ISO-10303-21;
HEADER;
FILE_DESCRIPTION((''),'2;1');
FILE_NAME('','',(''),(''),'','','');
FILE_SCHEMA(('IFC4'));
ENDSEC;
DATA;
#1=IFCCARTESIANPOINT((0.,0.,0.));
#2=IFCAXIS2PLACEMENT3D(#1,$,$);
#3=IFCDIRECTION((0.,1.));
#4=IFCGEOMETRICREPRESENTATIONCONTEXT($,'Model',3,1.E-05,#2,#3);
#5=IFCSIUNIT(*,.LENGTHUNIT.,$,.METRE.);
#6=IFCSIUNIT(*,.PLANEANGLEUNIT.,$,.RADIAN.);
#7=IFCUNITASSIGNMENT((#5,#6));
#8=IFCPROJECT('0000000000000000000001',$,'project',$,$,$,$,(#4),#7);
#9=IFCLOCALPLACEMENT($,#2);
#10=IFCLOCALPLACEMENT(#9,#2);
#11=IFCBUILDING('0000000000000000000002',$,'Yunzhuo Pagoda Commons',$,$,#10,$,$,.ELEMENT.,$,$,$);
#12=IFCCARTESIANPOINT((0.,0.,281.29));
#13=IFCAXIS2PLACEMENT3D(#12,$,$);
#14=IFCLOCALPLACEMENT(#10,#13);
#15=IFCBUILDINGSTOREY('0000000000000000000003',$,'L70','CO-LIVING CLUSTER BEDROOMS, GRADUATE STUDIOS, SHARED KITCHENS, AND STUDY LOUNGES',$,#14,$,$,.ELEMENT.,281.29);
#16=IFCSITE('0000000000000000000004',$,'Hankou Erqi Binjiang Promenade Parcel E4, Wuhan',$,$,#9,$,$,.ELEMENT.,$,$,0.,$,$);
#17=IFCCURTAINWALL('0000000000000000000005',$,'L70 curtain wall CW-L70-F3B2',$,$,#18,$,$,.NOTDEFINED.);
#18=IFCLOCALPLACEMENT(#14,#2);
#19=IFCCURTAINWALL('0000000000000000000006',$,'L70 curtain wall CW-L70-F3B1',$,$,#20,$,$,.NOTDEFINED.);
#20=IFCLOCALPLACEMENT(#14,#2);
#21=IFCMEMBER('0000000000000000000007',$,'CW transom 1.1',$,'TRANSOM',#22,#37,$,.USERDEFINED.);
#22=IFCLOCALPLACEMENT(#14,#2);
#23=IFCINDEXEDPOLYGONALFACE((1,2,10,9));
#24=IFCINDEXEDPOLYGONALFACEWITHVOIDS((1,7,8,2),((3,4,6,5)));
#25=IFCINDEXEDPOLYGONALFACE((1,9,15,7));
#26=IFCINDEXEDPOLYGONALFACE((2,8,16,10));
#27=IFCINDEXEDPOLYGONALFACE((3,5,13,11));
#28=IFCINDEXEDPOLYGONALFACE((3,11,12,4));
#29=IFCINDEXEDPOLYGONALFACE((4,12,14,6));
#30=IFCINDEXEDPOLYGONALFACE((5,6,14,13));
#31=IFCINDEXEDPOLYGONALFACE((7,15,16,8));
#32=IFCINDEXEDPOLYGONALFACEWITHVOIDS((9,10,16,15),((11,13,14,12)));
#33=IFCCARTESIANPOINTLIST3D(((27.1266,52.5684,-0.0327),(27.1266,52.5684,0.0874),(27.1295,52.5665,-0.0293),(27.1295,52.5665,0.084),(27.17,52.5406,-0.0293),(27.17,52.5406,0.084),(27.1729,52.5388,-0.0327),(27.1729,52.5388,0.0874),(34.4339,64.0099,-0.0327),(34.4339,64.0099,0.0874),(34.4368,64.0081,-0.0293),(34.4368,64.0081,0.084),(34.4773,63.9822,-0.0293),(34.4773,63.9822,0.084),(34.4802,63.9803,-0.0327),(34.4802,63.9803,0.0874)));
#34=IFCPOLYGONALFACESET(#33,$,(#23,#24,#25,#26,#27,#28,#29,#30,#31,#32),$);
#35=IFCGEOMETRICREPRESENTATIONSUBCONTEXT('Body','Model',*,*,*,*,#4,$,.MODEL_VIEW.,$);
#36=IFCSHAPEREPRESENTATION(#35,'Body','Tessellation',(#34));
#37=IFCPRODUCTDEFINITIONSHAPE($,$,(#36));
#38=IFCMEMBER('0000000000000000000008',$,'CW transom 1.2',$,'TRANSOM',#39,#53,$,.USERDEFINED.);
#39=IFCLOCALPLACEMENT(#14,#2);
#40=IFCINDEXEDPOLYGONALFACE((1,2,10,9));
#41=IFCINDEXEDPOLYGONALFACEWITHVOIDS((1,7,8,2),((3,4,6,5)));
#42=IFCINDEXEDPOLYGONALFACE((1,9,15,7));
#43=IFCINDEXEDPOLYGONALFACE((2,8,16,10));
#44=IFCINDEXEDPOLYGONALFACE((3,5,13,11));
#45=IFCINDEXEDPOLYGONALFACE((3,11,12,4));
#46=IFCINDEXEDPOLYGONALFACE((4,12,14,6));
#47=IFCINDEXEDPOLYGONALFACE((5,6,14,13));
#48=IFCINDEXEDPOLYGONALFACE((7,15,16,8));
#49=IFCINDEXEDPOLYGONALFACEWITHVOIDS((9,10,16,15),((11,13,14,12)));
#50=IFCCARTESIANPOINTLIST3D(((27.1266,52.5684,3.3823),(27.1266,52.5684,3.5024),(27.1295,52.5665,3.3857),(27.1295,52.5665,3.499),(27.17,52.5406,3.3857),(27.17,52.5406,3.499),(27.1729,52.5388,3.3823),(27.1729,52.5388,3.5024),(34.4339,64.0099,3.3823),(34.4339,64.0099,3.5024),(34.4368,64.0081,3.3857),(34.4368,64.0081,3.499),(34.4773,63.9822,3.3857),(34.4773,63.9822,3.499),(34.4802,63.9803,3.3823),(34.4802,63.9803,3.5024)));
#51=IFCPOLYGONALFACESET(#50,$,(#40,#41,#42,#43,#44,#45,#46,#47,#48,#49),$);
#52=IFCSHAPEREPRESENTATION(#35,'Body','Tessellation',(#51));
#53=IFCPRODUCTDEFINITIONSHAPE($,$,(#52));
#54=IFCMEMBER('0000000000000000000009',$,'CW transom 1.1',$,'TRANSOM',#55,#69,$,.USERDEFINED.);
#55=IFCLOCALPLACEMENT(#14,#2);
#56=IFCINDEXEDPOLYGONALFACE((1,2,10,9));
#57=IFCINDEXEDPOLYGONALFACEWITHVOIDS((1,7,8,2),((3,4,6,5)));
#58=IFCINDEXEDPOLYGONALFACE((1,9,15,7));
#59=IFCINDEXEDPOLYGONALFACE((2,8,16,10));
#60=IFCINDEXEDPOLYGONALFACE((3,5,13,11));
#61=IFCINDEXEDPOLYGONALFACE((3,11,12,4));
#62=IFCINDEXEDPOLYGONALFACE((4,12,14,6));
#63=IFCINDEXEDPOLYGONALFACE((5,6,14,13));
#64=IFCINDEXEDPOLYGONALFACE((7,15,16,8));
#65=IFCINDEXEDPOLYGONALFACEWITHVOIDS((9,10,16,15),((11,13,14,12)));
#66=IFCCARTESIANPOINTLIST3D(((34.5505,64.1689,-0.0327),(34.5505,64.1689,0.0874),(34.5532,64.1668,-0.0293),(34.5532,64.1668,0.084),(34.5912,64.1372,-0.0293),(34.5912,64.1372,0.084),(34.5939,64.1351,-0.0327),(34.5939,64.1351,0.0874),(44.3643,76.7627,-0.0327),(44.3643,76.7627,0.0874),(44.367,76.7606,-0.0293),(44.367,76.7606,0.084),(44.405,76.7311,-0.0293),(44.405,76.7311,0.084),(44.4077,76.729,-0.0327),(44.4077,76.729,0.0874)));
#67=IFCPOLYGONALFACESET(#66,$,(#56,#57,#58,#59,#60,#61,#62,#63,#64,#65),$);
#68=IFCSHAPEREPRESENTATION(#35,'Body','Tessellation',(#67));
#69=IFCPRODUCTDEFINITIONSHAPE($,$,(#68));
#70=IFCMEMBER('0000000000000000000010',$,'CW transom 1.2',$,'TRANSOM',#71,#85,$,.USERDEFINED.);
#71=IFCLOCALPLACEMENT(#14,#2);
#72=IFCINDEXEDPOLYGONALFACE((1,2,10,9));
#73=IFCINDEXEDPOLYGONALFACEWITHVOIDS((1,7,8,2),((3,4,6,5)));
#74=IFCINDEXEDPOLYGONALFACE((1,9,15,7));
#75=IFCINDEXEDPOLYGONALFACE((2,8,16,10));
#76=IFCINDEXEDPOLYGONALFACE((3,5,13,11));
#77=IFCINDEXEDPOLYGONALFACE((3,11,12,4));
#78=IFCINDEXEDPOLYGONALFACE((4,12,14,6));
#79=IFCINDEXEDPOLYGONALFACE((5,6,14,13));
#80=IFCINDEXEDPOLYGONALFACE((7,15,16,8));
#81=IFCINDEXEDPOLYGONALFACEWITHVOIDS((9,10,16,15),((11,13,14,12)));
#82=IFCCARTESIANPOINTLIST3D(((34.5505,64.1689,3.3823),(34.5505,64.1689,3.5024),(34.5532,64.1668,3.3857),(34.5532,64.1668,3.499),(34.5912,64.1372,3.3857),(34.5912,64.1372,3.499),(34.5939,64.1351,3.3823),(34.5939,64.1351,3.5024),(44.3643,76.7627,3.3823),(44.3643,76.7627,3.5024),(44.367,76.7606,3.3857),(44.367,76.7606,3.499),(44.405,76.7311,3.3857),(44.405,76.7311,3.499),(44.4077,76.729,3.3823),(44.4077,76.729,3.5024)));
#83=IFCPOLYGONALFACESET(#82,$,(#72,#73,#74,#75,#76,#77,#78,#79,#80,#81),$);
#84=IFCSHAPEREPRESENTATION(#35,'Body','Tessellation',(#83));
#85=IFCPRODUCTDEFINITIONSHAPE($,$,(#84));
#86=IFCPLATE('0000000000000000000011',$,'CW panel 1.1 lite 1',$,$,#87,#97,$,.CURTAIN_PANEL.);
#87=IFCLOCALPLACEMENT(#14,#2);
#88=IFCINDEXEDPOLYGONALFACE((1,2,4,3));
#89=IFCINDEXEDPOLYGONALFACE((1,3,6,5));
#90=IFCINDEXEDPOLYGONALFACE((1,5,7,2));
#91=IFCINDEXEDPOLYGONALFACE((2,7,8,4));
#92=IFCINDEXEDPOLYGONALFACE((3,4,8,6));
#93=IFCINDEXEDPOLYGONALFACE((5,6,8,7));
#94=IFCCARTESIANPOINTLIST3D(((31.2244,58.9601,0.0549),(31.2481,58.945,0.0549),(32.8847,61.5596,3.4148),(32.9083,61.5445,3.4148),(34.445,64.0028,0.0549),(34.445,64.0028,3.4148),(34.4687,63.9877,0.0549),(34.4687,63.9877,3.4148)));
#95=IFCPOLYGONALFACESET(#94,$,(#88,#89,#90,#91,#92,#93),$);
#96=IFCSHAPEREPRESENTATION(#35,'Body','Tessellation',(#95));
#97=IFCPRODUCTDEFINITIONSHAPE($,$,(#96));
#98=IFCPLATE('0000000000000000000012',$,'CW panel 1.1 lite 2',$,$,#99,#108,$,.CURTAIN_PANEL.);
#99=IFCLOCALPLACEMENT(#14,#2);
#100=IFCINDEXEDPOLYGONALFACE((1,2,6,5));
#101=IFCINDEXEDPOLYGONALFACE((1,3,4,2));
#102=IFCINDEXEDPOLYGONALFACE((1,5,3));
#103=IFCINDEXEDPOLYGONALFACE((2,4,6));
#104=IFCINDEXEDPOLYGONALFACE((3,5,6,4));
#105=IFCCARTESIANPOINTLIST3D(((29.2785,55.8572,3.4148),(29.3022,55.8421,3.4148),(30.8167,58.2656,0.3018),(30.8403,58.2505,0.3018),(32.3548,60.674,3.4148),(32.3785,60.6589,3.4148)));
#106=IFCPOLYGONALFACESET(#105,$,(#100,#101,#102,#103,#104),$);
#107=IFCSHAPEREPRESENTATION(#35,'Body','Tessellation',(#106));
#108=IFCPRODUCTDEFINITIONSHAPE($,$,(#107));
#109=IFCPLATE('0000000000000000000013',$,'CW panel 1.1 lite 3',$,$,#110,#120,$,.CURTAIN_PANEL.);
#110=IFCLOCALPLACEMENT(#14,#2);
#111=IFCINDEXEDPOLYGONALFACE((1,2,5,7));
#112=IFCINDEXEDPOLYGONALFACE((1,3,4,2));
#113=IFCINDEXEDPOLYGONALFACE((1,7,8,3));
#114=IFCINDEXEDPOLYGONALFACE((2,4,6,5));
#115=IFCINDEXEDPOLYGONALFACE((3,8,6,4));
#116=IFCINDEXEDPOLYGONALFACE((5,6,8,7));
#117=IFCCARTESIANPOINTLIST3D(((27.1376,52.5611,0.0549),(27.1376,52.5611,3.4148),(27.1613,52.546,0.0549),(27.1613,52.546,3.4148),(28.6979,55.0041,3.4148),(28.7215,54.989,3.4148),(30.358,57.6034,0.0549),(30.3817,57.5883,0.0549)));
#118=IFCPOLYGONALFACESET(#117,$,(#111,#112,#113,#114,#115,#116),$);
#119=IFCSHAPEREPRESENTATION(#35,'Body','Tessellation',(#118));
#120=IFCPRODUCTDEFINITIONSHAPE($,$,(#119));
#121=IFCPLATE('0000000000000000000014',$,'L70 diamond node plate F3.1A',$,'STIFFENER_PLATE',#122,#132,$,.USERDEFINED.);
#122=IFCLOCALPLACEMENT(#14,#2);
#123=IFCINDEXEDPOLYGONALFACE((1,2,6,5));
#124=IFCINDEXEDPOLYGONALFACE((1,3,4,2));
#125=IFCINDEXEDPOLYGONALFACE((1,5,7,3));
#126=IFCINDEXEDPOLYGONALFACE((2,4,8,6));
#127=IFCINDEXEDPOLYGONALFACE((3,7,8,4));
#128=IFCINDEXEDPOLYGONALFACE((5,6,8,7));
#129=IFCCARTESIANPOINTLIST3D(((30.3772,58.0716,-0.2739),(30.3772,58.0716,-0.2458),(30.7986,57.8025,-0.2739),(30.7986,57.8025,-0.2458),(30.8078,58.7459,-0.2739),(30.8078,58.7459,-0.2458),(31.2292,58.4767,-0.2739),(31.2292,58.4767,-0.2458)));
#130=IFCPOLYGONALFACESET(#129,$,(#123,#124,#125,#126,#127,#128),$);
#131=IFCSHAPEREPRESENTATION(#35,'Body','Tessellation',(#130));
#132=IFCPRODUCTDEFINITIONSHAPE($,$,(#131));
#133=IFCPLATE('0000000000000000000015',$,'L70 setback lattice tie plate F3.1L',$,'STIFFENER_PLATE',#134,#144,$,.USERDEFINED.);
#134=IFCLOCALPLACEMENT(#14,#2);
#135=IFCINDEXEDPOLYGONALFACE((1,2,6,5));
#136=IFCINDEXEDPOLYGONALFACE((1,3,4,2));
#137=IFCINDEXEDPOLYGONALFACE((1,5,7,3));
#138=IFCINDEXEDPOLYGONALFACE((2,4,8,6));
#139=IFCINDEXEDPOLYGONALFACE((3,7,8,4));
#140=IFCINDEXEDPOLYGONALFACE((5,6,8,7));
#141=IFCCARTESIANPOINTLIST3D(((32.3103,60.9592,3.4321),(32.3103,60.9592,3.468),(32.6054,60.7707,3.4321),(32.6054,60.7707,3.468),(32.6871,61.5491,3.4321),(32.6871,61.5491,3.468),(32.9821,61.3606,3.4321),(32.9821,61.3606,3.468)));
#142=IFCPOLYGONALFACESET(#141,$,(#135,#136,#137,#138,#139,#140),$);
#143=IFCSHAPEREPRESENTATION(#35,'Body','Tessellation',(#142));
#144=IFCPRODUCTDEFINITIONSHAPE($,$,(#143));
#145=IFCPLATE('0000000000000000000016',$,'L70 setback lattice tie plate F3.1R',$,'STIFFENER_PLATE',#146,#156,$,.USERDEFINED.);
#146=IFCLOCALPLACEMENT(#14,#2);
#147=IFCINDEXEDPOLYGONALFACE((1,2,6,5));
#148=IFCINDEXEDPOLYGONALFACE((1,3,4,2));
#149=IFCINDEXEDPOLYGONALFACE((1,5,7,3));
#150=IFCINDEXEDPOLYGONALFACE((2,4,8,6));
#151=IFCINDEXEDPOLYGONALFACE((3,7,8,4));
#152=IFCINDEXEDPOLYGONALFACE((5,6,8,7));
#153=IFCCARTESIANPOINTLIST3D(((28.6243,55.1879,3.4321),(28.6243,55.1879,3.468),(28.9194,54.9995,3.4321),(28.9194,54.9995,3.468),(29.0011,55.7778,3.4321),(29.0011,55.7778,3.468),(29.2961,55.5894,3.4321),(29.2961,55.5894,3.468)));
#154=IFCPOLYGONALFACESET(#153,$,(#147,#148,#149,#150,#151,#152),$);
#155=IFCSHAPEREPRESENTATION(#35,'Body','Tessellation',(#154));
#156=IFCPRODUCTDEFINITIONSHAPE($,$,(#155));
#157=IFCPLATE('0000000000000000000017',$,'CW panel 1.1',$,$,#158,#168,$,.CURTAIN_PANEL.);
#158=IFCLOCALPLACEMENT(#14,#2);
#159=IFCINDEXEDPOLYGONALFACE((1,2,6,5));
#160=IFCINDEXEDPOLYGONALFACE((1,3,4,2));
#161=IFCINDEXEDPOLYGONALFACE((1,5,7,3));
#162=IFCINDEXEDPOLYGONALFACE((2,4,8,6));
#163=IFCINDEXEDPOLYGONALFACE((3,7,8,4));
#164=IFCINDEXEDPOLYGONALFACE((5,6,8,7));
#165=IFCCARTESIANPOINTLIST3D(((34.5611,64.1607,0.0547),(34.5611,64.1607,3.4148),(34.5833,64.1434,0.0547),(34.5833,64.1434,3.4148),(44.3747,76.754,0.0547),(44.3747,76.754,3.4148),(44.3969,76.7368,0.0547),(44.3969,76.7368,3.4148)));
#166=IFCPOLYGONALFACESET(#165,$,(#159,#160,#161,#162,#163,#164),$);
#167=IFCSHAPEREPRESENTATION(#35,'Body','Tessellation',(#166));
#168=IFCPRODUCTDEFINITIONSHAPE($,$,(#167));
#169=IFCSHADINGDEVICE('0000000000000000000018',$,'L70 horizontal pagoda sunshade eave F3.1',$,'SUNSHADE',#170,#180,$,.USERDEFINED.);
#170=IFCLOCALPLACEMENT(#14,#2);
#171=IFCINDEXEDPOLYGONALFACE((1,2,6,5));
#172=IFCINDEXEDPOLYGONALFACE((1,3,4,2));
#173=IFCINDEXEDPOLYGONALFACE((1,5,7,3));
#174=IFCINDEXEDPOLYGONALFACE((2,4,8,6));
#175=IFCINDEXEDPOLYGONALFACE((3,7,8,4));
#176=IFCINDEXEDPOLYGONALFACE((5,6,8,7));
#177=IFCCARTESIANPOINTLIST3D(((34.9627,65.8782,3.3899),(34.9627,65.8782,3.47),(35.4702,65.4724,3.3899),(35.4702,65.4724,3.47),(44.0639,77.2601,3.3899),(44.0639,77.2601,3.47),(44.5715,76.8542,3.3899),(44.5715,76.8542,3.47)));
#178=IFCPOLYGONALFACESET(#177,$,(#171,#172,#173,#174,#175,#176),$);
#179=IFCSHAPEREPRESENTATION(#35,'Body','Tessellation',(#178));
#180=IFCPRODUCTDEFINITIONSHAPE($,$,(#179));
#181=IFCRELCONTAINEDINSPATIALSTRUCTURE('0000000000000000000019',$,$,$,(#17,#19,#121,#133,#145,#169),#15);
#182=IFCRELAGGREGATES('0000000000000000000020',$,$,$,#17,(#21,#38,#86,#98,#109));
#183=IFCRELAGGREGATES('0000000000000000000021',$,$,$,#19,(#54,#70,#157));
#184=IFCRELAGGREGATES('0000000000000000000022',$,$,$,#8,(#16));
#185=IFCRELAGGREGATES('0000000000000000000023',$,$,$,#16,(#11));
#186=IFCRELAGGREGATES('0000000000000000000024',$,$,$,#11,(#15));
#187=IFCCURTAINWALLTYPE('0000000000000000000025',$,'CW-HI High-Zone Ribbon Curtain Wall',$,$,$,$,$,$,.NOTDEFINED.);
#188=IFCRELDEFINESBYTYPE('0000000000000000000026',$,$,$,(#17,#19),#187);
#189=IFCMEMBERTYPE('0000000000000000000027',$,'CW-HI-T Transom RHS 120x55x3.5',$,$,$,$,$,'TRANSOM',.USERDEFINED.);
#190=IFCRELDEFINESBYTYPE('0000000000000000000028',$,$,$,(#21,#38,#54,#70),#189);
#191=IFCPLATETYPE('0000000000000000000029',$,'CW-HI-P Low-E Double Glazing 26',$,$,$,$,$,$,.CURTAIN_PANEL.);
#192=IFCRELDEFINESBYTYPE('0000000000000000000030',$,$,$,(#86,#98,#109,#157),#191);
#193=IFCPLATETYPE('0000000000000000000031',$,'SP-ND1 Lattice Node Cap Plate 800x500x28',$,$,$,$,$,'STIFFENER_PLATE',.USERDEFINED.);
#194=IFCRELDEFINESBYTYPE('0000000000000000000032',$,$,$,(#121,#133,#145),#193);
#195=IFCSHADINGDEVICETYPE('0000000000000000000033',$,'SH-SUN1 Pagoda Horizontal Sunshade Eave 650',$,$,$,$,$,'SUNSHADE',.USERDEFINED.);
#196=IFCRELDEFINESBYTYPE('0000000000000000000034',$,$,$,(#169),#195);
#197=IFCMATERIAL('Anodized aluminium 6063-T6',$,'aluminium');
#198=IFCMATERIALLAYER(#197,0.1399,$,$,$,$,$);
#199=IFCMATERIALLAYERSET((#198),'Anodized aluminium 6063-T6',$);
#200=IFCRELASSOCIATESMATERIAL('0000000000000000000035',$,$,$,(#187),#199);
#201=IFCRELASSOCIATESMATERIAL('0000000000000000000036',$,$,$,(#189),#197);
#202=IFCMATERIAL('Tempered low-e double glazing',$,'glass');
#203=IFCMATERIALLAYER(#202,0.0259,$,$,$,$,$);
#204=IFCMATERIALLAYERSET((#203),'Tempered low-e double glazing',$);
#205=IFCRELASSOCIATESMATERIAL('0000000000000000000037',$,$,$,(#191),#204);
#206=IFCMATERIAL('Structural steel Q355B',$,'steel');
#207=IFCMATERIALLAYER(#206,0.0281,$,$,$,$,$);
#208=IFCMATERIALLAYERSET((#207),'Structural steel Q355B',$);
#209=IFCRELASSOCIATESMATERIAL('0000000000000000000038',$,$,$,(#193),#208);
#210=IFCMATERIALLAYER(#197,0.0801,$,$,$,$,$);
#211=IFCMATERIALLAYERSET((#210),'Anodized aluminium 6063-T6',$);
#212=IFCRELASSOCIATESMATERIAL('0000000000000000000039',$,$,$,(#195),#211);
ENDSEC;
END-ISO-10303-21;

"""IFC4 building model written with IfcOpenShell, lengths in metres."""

from ifc_helpers import new_model, si_unit, direction, frame, origin, origin_2d, place, context, subcontext, project, spatial, polyline, rectangle, hollow_rectangle, outline, extrude, source, transform, mapped, material, layer, layer_set, material_profile, profile_set, type_object, element, aggregate, save


model = new_model("IFC4")

# Units and contexts
model_context = context("Model", 3, precision=1e-05, world=origin(), true_north=direction((0.0, 1.0)))
body_context = subcontext(model_context, "Body", "Model", "MODEL_VIEW")
ifc_project = project(units=[si_unit("LENGTHUNIT", "METRE"), si_unit("PLANEANGLEUNIT", "RADIAN")], contexts=[model_context])

# Site, building, storey
site_placement = place(None, origin())
site = spatial("IfcSite", under=ifc_project, at=site_placement, Name="Hankou Erqi Binjiang Promenade Parcel E4, Wuhan", CompositionType="ELEMENT", RefElevation=0.0)
building_placement = place(site_placement, origin())
building = spatial("IfcBuilding", under=site, at=building_placement, Name="Yunzhuo Pagoda Commons", CompositionType="ELEMENT")
storey_placement = place(building_placement, frame((0.0, 0.0, 281.29)))
storey = spatial("IfcBuildingStorey", under=building, at=storey_placement, Name="L70", Description="CO-LIVING CLUSTER BEDROOMS, GRADUATE STUDIOS, SHARED KITCHENS, AND STUDY LOUNGES", CompositionType="ELEMENT", Elevation=281.29)

# Shared definitions
ifc_material_1 = material(Name="Structural steel Q355B", Category="steel")

# Curtain wall
ifc_material_2 = material(Name="Anodized aluminium 6063-T6", Category="aluminium")
ifc_layer_1 = layer(ifc_material_2, 0.1399)
ifc_layer_set_1 = layer_set([ifc_layer_1], Name="Anodized aluminium 6063-T6")
curtain_wall_type = type_object("IfcCurtainWallType", Name="CW-HI High-Zone Ribbon Curtain Wall", PredefinedType="NOTDEFINED", material=ifc_layer_set_1)
curtain_wall_1_placement = place(storey_placement, origin())
curtain_wall_1 = element("IfcCurtainWall", 1, at=curtain_wall_1_placement, inside=storey, type_object=curtain_wall_type, Name="L70 curtain wall CW-L70-F3B2", PredefinedType="NOTDEFINED")

# Curtain wall
curtain_wall_2_placement = place(storey_placement, origin())
curtain_wall_2 = element("IfcCurtainWall", 2, at=curtain_wall_2_placement, inside=storey, type_object=curtain_wall_type, Name="L70 curtain wall CW-L70-F3B1", PredefinedType="NOTDEFINED")

# Members
ifc_material_profile_1 = material_profile(ifc_material_2, hollow_rectangle(XDim=0.0549, YDim=0.1201, WallThickness=0.0034, at=origin_2d()), Name="Anodized aluminium 6063-T6")
ifc_profile_set_1 = profile_set([ifc_material_profile_1], Name="Anodized aluminium 6063-T6")
member_type_1 = type_object("IfcMemberType", Name="CW-HI-T Transom RHS 120x55x3.5", ElementType="TRANSOM", PredefinedType="USERDEFINED", material=ifc_profile_set_1)
shared_shape_1 = source(origin(), body_context, "Body", "SweptSolid", [
    extrude(hollow_rectangle(XDim=0.0549, YDim=0.1201, WallThickness=0.0034, at=origin_2d()), origin(), (0.0, 0.0, 1.0), 13.5759),
])
member_1_placement = place(storey_placement, frame((34.457, 63.9951, 0.0273), z_axis=(-0.538255, -0.842782, 0.0), x_axis=(0.842782, -0.538255, 0.0)))
member_1 = element("IfcMember", 3, at=member_1_placement, type_object=member_type_1, Name="CW transom 1.1", ObjectType="TRANSOM", PredefinedType="USERDEFINED", context=body_context, shape_type="MappedRepresentation", body=[
    mapped(shared_shape_1, transform((0.0, 0.0, 0.0), scale=1.0)),
])
member_2_placement = place(storey_placement, frame((34.457, 63.9951, 3.4424), z_axis=(-0.538255, -0.842782, 0.0), x_axis=(0.842782, -0.538255, 0.0)))
member_2 = element("IfcMember", 4, at=member_2_placement, type_object=member_type_1, Name="CW transom 1.2", ObjectType="TRANSOM", PredefinedType="USERDEFINED", context=body_context, shape_type="MappedRepresentation", body=[
    mapped(shared_shape_1, transform((0.0, 0.0, 0.0), scale=1.0)),
])
shared_shape_2 = source(origin(), body_context, "Body", "SweptSolid", [
    extrude(hollow_rectangle(XDim=0.0549, YDim=0.1201, WallThickness=0.0034, at=origin_2d()), origin(), (0.0, 0.0, 1.0), 15.9661),
])
member_3_placement = place(storey_placement, frame((44.386, 76.7458, 0.0273), z_axis=(-0.614666, -0.788788, 0.0), x_axis=(0.788788, -0.614666, 0.0)))
member_3 = element("IfcMember", 5, at=member_3_placement, type_object=member_type_1, Name="CW transom 1.1", ObjectType="TRANSOM", PredefinedType="USERDEFINED", context=body_context, shape_type="MappedRepresentation", body=[
    mapped(shared_shape_2, transform((0.0, 0.0, 0.0), scale=1.0)),
])
member_4_placement = place(storey_placement, frame((44.386, 76.7458, 3.4424), z_axis=(-0.614666, -0.788788, 0.0), x_axis=(0.788788, -0.614666, 0.0)))
member_4 = element("IfcMember", 6, at=member_4_placement, type_object=member_type_1, Name="CW transom 1.2", ObjectType="TRANSOM", PredefinedType="USERDEFINED", context=body_context, shape_type="MappedRepresentation", body=[
    mapped(shared_shape_2, transform((0.0, 0.0, 0.0), scale=1.0)),
])

# Plates
ifc_material_3 = material(Name="Tempered low-e double glazing", Category="glass")
ifc_layer_2 = layer(ifc_material_3, 0.0259)
ifc_layer_set_2 = layer_set([ifc_layer_2], Name="Tempered low-e double glazing")
plate_type_1 = type_object("IfcPlateType", Name="CW-HI-P Low-E Double Glazing 26", PredefinedType="CURTAIN_PANEL", material=ifc_layer_set_2)
plate_1_placement = place(storey_placement, frame((32.8584, 61.4663, 1.7349), z_axis=(-0.842779, 0.53826, 0.0), x_axis=(-0.53826, -0.842779, 0.0)))
plate_1 = element("IfcPlate", 7, at=plate_1_placement, type_object=plate_type_1, Name="CW panel 1.1 lite 1", PredefinedType="CURTAIN_PANEL", context=body_context, shape_type="SweptSolid", body=[
    extrude(outline(polyline([(-2.9917, -1.6799), (2.9917, -1.6799), (-0.0928, 1.6799), (-2.9917, 1.6799), (-2.9917, -1.6799)])), origin(), (0.0, 0.0, 1.0), 0.0281),
])
plate_2_placement = place(storey_placement, frame((30.8403, 58.2505, 1.8584), z_axis=(-0.842779, 0.53826, 0.0), x_axis=(-0.53826, -0.842779, 0.0)))
plate_2 = element("IfcPlate", 8, at=plate_2_placement, type_object=plate_type_1, Name="CW panel 1.1 lite 2", PredefinedType="CURTAIN_PANEL", context=body_context, shape_type="SweptSolid", body=[
    extrude(outline(polyline([(-2.8577, 1.5564), (0.0, -1.5566), (2.8577, 1.5564), (-2.8577, 1.5564)])), origin(), (0.0, 0.0, 1.0), 0.0281),
])
plate_3_placement = place(storey_placement, frame((28.7715, 55.0671, 1.7349), z_axis=(-0.842779, 0.53826, 0.0), x_axis=(-0.53826, -0.842779, 0.0)))
plate_3 = element("IfcPlate", 9, at=plate_3_placement, type_object=plate_type_1, Name="CW panel 1.1 lite 3", PredefinedType="CURTAIN_PANEL", context=body_context, shape_type="SweptSolid", body=[
    extrude(outline(polyline([(-2.9915, -1.6799), (2.9915, -1.6799), (2.9915, 1.6799), (0.0928, 1.6799), (-2.9915, -1.6799)])), origin(), (0.0, 0.0, 1.0), 0.0281),
])
aggregate(curtain_wall_1, [member_1, member_2, plate_1, plate_2, plate_3])

# Plates
ifc_layer_3 = layer(ifc_material_1, 0.0281)
ifc_layer_set_3 = layer_set([ifc_layer_3], Name="Structural steel Q355B")
plate_type_2 = type_object("IfcPlateType", Name="SP-ND1 Lattice Node Cap Plate 800x500x28", ElementType="STIFFENER_PLATE", PredefinedType="USERDEFINED", material=ifc_layer_set_3)
shared_shape_3 = source(origin(), body_context, "Body", "SweptSolid", [
    extrude(rectangle(XDim=0.8, YDim=0.5, at=origin_2d()), origin(), (0.0, 0.0, 1.0), 0.0281),
])
plate_4_placement = place(storey_placement, frame((30.8032, 58.2742, -0.2739), z_axis=(0.0, 0.0, 1.0), x_axis=(-0.538256, -0.842781, 0.0)))
element("IfcPlate", 10, at=plate_4_placement, inside=storey, type_object=plate_type_2, Name="L70 diamond node plate F3.1A", ObjectType="STIFFENER_PLATE", PredefinedType="USERDEFINED", context=body_context, shape_type="MappedRepresentation", body=[
    mapped(shared_shape_3, transform((0.0, 0.0, 0.0), scale=1.0)),
])
shared_shape_4 = source(origin(), body_context, "Body", "SweptSolid", [
    extrude(rectangle(XDim=0.7, YDim=0.3501, at=origin_2d()), origin(), (0.0, 0.0, 1.0), 0.0359),
])
for number, where, z_axis, x_axis, name in (
    (11, (32.6462, 61.1599, 3.4321), (0.0, 0.0, 1.0), (-0.538256, -0.842781, 0.0), "L70 setback lattice tie plate F3.1L"),
    (12, (28.9602, 55.3887, 3.4321), (0.0, 0.0, 1.0), (-0.538256, -0.842781, 0.0), "L70 setback lattice tie plate F3.1R"),
):
    element("IfcPlate", number, at=place(storey_placement, frame(where, z_axis=z_axis, x_axis=x_axis)), inside=storey, type_object=plate_type_2, Name=name, ObjectType="STIFFENER_PLATE", PredefinedType="USERDEFINED", context=body_context, shape_type="MappedRepresentation", body=[
        mapped(shared_shape_4, transform((0.0, 0.0, 0.0), scale=1.0)),
    ])

# Plate
shared_shape_5 = source(origin(), body_context, "Body", "SweptSolid", [
    extrude(rectangle(XDim=15.9656, YDim=0.0281, at=origin_2d()), origin(), (0.0, 0.0, 1.0), 3.3601),
])
plate_5_placement = place(storey_placement, frame((39.479, 70.4487, 0.0547), z_axis=(0.0, 0.0, 1.0), x_axis=(-0.614672, -0.788783, 0.0)))
plate_5 = element("IfcPlate", 13, at=plate_5_placement, type_object=plate_type_1, Name="CW panel 1.1", PredefinedType="CURTAIN_PANEL", context=body_context, shape_type="MappedRepresentation", body=[
    mapped(shared_shape_5, transform((0.0, 0.0, 0.0), scale=1.0)),
])
aggregate(curtain_wall_2, [member_3, member_4, plate_5])

# Shading device
ifc_layer_4 = layer(ifc_material_2, 0.0801)
ifc_layer_set_4 = layer_set([ifc_layer_4], Name="Anodized aluminium 6063-T6")
shading_device_type = type_object("IfcShadingDeviceType", Name="SH-SUN1 Pagoda Horizontal Sunshade Eave 650", ElementType="SUNSHADE", PredefinedType="USERDEFINED", material=ifc_layer_set_4)
shared_shape_6 = source(origin(), body_context, "Body", "SweptSolid", [
    extrude(rectangle(XDim=14.5732, YDim=0.6499, at=origin_2d()), origin(), (0.0, 0.0, 1.0), 0.0801),
])
shading_device_1_placement = place(storey_placement, frame((39.7671, 71.3662, 3.3899), z_axis=(0.0, 0.0, 1.0), x_axis=(-0.62452, -0.781008, 0.0)))
element("IfcShadingDevice", 14, at=shading_device_1_placement, inside=storey, type_object=shading_device_type, Name="L70 horizontal pagoda sunshade eave F3.1", ObjectType="SUNSHADE", PredefinedType="USERDEFINED", context=body_context, shape_type="MappedRepresentation", body=[
    mapped(shared_shape_6, transform((0.0, 0.0, 0.0), scale=1.0)),
])

save(model, "model.ifc")
